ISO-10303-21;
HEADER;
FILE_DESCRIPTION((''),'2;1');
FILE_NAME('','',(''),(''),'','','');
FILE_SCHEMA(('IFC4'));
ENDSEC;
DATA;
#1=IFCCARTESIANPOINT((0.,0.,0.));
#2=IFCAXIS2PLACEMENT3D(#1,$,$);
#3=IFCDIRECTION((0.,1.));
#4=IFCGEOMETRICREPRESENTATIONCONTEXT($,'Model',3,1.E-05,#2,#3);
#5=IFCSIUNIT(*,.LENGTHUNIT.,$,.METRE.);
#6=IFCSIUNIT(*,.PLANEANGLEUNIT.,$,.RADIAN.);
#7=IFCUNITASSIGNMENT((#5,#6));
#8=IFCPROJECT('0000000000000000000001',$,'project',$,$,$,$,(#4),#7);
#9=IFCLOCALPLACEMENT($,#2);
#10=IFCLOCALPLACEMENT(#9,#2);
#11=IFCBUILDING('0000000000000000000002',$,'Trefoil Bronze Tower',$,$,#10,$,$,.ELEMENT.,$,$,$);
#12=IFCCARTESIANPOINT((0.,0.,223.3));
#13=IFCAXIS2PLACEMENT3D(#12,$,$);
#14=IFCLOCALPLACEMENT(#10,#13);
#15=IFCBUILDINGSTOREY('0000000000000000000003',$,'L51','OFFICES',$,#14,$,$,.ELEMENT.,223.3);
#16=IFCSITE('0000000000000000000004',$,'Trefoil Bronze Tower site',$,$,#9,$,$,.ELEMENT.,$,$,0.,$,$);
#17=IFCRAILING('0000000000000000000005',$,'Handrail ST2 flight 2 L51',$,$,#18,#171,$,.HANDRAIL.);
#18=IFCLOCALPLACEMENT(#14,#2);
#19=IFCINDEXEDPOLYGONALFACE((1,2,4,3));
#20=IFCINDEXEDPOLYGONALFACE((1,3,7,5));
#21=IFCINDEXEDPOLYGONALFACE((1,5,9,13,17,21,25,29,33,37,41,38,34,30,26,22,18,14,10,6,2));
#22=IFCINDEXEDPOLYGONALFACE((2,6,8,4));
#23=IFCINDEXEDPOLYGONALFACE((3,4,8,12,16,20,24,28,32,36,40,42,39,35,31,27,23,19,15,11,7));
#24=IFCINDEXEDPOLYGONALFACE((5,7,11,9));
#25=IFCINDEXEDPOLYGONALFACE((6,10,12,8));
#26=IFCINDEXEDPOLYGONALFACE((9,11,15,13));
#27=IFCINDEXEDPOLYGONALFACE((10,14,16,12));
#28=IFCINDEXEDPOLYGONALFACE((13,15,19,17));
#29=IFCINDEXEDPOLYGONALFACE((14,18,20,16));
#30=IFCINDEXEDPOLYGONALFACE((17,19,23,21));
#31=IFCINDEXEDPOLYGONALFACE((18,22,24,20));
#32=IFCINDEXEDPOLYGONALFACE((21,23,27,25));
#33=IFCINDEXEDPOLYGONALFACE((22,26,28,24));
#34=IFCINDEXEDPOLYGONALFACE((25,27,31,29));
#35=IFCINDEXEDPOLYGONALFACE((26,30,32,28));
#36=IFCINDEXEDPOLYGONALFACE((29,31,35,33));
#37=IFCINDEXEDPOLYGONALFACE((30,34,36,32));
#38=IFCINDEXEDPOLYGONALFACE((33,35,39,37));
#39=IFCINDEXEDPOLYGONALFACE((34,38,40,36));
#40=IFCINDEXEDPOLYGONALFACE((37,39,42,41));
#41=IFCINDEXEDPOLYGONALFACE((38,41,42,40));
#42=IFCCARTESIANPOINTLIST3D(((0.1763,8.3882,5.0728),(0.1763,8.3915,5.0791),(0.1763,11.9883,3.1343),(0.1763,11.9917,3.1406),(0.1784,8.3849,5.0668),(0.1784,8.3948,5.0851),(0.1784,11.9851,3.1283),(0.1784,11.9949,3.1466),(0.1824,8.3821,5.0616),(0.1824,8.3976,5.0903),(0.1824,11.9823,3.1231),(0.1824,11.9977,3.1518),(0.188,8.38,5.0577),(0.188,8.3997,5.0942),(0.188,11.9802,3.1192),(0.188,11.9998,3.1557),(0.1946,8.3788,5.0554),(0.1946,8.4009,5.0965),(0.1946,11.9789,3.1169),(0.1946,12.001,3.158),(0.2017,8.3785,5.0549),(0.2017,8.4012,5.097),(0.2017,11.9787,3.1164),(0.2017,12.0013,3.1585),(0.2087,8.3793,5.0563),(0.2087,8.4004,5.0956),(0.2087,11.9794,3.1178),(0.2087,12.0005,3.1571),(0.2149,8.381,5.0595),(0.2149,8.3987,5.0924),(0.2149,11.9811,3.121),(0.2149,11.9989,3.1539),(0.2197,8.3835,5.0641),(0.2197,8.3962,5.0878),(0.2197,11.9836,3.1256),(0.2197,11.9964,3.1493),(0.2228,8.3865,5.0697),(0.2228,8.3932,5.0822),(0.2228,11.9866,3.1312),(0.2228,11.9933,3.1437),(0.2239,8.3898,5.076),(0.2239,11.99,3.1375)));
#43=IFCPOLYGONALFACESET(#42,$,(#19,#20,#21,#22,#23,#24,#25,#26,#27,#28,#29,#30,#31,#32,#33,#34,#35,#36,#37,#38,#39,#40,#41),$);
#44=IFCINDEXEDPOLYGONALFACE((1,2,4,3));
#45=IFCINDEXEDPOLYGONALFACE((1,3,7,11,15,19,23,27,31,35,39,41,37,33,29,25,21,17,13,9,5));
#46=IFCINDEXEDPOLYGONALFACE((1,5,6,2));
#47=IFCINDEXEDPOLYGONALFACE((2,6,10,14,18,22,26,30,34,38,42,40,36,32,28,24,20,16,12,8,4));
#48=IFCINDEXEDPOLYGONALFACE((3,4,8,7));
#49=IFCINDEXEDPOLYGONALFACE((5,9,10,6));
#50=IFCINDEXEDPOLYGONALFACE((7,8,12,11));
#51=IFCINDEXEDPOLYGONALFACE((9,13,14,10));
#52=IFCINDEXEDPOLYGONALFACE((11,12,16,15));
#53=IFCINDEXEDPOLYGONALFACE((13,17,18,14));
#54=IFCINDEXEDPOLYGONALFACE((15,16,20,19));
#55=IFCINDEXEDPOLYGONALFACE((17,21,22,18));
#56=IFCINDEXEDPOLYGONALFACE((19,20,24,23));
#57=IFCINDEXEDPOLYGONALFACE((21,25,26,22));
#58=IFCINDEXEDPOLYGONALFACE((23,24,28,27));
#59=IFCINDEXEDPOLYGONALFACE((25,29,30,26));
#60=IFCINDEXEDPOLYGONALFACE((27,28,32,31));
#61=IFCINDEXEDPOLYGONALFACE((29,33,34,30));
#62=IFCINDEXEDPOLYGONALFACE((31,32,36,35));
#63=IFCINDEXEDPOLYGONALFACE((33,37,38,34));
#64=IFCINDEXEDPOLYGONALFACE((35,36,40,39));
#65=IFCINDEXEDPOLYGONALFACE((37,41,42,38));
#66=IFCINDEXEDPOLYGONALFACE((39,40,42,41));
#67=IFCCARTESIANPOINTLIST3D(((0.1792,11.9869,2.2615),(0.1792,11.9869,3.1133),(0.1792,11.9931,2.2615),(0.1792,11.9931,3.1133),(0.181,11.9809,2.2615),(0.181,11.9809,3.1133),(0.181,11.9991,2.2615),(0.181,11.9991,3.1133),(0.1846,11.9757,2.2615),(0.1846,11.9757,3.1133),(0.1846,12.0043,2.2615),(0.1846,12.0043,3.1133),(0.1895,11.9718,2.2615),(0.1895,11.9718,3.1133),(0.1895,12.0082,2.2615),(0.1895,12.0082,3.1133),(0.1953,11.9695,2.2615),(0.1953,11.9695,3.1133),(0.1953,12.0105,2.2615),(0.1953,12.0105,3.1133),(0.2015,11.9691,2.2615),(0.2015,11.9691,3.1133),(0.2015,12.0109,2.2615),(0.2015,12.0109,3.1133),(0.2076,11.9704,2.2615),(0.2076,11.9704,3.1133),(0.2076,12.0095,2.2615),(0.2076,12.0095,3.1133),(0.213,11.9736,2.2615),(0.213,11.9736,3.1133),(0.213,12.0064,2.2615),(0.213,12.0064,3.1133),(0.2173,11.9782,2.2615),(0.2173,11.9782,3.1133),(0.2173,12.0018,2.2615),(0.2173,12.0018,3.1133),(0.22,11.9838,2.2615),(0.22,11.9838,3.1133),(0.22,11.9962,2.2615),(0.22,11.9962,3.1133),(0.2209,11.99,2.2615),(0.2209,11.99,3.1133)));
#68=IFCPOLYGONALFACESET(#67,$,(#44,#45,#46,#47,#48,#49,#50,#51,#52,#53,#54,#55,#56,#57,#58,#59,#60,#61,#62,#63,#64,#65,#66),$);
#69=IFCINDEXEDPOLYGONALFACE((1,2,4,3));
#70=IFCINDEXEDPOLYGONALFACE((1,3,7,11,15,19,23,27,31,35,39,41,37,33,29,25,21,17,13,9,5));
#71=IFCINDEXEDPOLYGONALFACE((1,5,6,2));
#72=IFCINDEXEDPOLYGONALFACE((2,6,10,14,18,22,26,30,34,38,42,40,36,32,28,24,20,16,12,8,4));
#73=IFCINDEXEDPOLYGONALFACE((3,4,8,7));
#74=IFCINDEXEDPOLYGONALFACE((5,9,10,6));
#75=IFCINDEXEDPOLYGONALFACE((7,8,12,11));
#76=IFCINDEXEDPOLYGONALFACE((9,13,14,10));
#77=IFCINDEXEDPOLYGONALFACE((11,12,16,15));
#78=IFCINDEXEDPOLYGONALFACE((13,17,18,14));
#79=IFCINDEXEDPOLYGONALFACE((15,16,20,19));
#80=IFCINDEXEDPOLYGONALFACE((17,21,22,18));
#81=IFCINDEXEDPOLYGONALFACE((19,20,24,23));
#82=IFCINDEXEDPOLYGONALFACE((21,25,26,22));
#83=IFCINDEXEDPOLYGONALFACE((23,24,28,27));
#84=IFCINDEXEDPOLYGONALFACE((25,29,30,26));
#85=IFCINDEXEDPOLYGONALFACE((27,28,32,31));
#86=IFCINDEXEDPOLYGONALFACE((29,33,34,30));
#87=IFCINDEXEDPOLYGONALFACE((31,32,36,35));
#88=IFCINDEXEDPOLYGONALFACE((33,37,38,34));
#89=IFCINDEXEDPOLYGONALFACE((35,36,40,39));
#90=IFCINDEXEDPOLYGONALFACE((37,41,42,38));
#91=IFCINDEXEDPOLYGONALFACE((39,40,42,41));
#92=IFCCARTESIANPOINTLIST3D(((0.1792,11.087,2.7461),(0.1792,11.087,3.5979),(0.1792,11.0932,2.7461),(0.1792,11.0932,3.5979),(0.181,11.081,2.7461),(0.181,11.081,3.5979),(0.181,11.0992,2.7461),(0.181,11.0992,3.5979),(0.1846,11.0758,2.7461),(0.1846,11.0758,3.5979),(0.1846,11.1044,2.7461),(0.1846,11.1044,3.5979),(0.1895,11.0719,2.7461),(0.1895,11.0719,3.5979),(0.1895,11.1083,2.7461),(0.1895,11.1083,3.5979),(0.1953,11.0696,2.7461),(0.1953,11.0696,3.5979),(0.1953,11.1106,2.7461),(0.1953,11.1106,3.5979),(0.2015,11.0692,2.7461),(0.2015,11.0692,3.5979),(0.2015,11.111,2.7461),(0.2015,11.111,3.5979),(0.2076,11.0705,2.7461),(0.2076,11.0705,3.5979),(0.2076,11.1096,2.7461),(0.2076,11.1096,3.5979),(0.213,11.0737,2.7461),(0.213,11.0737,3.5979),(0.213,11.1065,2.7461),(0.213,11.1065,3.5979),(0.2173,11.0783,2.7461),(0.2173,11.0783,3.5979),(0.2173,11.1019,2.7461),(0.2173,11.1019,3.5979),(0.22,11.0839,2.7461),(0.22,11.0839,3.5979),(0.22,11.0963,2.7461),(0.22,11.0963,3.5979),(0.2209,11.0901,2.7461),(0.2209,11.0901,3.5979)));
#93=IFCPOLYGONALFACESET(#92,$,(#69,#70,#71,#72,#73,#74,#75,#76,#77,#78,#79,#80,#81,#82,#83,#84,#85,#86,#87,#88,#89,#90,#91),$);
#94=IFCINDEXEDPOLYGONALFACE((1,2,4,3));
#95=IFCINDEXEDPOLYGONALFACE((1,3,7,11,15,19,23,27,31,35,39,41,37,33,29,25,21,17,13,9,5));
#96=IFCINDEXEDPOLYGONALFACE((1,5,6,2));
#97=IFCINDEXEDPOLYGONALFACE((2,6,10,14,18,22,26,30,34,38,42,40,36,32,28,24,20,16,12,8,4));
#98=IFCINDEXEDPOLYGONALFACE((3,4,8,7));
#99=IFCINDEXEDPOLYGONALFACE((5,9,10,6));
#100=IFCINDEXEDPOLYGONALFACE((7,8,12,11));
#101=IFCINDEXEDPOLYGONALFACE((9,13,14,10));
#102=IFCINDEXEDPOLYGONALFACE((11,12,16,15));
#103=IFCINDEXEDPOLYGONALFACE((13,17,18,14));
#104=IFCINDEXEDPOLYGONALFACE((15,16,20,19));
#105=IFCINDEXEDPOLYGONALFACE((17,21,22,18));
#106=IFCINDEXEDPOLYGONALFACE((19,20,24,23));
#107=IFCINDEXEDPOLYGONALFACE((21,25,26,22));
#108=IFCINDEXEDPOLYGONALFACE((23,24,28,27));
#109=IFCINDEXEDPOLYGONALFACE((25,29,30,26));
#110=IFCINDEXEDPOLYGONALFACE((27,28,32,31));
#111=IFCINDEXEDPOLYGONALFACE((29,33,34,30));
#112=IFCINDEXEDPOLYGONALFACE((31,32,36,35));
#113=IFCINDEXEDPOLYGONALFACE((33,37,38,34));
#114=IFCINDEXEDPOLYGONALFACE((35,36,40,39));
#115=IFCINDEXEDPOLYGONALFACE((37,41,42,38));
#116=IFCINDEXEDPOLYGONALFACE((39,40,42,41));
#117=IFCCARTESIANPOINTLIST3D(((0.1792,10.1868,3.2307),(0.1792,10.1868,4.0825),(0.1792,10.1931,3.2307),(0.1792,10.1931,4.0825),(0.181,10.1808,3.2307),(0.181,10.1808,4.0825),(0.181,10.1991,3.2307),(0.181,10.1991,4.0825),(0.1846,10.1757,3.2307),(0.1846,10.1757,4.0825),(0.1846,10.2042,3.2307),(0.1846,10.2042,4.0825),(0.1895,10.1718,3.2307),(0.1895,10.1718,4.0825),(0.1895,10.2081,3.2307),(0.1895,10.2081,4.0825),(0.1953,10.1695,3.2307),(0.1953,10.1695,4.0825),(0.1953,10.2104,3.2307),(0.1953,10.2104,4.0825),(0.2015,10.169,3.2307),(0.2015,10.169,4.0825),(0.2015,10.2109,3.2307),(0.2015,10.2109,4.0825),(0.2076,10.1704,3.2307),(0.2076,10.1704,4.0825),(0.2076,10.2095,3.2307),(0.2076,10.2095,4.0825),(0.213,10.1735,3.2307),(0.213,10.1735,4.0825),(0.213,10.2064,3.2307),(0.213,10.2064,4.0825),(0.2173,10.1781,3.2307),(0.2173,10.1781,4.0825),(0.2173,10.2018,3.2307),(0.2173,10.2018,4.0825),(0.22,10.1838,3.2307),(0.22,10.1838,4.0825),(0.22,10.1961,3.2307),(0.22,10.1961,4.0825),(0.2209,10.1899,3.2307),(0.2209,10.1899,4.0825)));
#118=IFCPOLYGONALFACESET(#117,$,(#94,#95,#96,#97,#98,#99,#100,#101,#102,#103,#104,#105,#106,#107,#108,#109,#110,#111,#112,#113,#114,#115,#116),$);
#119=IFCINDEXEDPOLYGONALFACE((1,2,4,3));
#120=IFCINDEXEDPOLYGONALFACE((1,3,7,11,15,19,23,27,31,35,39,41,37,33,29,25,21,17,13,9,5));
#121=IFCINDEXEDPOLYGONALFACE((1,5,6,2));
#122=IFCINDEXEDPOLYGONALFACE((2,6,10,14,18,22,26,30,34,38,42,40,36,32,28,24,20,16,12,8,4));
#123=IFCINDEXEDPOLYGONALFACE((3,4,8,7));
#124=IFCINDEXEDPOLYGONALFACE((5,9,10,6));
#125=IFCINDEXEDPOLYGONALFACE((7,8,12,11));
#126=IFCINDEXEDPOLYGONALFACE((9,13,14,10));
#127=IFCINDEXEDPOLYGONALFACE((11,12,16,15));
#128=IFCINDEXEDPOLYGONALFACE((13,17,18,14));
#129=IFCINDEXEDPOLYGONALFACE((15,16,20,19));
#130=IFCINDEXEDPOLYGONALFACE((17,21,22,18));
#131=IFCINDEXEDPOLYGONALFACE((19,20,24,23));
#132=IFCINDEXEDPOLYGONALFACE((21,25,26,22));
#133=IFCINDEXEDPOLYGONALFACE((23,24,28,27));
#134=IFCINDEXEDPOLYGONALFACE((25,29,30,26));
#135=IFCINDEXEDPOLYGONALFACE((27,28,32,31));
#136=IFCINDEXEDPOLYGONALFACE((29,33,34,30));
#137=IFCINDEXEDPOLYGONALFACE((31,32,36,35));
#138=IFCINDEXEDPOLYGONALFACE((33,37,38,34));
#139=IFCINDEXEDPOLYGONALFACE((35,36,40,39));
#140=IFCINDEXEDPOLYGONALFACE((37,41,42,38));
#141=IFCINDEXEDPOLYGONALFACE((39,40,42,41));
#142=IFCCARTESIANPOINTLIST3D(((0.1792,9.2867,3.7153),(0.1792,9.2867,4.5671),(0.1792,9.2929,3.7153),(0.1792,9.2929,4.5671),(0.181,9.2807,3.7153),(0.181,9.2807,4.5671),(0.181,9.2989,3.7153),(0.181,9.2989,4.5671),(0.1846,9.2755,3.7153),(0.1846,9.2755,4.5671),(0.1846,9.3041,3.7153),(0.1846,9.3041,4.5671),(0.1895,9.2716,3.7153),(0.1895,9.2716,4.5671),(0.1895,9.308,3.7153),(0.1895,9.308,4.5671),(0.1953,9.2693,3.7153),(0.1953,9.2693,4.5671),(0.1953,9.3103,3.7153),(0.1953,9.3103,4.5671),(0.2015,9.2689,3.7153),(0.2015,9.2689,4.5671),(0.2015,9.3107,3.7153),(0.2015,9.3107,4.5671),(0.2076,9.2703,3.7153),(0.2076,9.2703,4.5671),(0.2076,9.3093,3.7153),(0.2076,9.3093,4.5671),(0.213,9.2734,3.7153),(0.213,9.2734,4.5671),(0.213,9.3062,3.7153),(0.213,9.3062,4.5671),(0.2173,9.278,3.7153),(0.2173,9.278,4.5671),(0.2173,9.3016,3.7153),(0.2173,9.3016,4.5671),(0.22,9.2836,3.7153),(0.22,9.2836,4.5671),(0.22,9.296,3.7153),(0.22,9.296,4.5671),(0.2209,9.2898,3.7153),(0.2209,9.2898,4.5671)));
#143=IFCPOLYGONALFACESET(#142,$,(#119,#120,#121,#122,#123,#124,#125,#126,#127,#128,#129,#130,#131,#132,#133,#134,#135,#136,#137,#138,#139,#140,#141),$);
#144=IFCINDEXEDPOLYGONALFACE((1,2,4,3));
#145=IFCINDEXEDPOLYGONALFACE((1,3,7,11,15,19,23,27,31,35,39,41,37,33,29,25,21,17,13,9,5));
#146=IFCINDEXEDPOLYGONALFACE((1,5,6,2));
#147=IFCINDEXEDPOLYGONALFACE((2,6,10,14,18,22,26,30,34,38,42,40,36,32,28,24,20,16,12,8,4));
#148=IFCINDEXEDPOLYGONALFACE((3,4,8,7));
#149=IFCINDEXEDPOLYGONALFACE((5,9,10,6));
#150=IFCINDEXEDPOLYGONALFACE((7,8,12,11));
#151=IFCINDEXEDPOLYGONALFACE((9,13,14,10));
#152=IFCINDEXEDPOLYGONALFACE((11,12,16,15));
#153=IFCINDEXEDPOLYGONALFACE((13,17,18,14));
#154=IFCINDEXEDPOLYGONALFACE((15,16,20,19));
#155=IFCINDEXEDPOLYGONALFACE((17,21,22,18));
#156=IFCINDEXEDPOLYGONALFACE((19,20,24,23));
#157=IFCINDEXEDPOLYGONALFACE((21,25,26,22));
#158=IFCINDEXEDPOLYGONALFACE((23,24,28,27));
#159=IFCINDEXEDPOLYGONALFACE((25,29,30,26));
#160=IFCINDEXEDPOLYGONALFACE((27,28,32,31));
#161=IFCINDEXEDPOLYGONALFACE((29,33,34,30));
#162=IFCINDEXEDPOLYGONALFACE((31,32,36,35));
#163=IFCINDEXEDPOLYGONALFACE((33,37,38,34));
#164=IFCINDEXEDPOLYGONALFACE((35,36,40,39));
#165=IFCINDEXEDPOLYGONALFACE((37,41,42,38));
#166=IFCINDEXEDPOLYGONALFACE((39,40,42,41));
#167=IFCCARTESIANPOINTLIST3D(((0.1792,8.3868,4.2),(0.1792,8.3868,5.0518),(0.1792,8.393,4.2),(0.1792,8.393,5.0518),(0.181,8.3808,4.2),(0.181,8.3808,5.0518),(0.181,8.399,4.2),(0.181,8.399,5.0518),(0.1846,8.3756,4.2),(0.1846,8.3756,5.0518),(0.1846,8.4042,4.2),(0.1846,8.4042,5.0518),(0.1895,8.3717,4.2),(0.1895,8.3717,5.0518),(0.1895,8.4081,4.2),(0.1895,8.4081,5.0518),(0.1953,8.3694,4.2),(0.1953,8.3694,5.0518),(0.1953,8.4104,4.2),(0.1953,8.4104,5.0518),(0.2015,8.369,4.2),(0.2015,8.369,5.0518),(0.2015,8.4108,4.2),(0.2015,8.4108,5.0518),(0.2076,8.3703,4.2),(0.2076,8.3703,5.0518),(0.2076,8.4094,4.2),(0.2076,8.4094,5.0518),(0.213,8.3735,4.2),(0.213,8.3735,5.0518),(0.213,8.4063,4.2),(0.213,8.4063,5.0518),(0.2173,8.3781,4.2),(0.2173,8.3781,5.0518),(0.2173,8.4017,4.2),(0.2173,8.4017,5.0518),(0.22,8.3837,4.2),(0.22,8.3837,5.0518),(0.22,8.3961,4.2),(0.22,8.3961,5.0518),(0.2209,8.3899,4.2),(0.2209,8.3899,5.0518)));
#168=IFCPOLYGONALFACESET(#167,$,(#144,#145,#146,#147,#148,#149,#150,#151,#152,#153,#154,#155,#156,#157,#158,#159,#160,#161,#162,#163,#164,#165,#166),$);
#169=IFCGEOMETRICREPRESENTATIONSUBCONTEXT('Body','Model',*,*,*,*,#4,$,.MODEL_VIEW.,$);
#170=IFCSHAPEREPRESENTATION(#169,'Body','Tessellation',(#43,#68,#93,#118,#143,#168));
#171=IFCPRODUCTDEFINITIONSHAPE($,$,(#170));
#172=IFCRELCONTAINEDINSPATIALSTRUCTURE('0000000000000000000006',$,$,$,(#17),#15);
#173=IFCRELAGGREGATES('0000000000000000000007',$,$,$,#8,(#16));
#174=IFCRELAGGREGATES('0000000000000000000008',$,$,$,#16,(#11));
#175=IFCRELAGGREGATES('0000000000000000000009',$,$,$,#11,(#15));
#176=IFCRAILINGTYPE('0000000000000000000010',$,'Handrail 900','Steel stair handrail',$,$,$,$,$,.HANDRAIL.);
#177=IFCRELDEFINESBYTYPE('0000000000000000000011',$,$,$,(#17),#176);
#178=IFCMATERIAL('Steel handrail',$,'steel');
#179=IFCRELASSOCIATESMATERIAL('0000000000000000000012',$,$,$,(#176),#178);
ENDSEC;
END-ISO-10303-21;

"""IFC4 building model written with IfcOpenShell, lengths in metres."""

from ifc_helpers import new_model, si_unit, direction, frame, origin, origin_2d, place, context, subcontext, project, spatial, circle, extrude, material, type_object, element, save


model = new_model("IFC4")

# Units and contexts
model_context = context("Model", 3, precision=1e-05, world=origin(), true_north=direction((0.0, 1.0)))
body_context = subcontext(model_context, "Body", "Model", "MODEL_VIEW")
ifc_project = project(units=[si_unit("LENGTHUNIT", "METRE"), si_unit("PLANEANGLEUNIT", "RADIAN")], contexts=[model_context])

# Site, building, storey
site_placement = place(None, origin())
site = spatial("IfcSite", under=ifc_project, at=site_placement, Name="Trefoil Bronze Tower site", CompositionType="ELEMENT", RefElevation=0.0)
building_placement = place(site_placement, origin())
building = spatial("IfcBuilding", under=site, at=building_placement, Name="Trefoil Bronze Tower", CompositionType="ELEMENT")
storey_placement = place(building_placement, frame((0.0, 0.0, 223.3)))
storey = spatial("IfcBuildingStorey", under=building, at=storey_placement, Name="L51", Description="OFFICES", CompositionType="ELEMENT", Elevation=223.3)

# Railing
ifc_material_1 = material(Name="Steel handrail", Category="steel")
railing_type = type_object("IfcRailingType", Name="Handrail 900", Description="Steel stair handrail", PredefinedType="HANDRAIL", material=ifc_material_1)
railing_placement = place(storey_placement, frame((0.2, 11.99, 2.2615)))
element("IfcRailing", 1, at=railing_placement, inside=storey, type_object=railing_type, Name="Handrail ST2 flight 2 L51", PredefinedType="HANDRAIL", context=body_context, shape_type="SweptSolid", body=[
    extrude(circle(Radius=0.0239, at=origin_2d()), frame((0.0, 0.0, 0.876), z_axis=(0.0, -0.880475, 0.474093), x_axis=(1.0, 0.0, 0.0)), (0.0, 0.0, 1.0), 4.0889),
    extrude(circle(Radius=0.021, at=origin_2d()), origin(), (0.0, 0.0, 1.0), 0.8518),
    extrude(circle(Radius=0.021, at=origin_2d()), frame((0.0, -0.8999, 0.4846)), (0.0, 0.0, 1.0), 0.8518),
    extrude(circle(Radius=0.021, at=origin_2d()), frame((0.0, -1.8, 0.9692)), (0.0, 0.0, 1.0), 0.8518),
    extrude(circle(Radius=0.021, at=origin_2d()), frame((0.0, -2.7002, 1.4539)), (0.0, 0.0, 1.0), 0.8518),
    extrude(circle(Radius=0.021, at=origin_2d()), frame((0.0, -3.6001, 1.9385)), (0.0, 0.0, 1.0), 0.8518),
])

save(model, "model.ifc")
